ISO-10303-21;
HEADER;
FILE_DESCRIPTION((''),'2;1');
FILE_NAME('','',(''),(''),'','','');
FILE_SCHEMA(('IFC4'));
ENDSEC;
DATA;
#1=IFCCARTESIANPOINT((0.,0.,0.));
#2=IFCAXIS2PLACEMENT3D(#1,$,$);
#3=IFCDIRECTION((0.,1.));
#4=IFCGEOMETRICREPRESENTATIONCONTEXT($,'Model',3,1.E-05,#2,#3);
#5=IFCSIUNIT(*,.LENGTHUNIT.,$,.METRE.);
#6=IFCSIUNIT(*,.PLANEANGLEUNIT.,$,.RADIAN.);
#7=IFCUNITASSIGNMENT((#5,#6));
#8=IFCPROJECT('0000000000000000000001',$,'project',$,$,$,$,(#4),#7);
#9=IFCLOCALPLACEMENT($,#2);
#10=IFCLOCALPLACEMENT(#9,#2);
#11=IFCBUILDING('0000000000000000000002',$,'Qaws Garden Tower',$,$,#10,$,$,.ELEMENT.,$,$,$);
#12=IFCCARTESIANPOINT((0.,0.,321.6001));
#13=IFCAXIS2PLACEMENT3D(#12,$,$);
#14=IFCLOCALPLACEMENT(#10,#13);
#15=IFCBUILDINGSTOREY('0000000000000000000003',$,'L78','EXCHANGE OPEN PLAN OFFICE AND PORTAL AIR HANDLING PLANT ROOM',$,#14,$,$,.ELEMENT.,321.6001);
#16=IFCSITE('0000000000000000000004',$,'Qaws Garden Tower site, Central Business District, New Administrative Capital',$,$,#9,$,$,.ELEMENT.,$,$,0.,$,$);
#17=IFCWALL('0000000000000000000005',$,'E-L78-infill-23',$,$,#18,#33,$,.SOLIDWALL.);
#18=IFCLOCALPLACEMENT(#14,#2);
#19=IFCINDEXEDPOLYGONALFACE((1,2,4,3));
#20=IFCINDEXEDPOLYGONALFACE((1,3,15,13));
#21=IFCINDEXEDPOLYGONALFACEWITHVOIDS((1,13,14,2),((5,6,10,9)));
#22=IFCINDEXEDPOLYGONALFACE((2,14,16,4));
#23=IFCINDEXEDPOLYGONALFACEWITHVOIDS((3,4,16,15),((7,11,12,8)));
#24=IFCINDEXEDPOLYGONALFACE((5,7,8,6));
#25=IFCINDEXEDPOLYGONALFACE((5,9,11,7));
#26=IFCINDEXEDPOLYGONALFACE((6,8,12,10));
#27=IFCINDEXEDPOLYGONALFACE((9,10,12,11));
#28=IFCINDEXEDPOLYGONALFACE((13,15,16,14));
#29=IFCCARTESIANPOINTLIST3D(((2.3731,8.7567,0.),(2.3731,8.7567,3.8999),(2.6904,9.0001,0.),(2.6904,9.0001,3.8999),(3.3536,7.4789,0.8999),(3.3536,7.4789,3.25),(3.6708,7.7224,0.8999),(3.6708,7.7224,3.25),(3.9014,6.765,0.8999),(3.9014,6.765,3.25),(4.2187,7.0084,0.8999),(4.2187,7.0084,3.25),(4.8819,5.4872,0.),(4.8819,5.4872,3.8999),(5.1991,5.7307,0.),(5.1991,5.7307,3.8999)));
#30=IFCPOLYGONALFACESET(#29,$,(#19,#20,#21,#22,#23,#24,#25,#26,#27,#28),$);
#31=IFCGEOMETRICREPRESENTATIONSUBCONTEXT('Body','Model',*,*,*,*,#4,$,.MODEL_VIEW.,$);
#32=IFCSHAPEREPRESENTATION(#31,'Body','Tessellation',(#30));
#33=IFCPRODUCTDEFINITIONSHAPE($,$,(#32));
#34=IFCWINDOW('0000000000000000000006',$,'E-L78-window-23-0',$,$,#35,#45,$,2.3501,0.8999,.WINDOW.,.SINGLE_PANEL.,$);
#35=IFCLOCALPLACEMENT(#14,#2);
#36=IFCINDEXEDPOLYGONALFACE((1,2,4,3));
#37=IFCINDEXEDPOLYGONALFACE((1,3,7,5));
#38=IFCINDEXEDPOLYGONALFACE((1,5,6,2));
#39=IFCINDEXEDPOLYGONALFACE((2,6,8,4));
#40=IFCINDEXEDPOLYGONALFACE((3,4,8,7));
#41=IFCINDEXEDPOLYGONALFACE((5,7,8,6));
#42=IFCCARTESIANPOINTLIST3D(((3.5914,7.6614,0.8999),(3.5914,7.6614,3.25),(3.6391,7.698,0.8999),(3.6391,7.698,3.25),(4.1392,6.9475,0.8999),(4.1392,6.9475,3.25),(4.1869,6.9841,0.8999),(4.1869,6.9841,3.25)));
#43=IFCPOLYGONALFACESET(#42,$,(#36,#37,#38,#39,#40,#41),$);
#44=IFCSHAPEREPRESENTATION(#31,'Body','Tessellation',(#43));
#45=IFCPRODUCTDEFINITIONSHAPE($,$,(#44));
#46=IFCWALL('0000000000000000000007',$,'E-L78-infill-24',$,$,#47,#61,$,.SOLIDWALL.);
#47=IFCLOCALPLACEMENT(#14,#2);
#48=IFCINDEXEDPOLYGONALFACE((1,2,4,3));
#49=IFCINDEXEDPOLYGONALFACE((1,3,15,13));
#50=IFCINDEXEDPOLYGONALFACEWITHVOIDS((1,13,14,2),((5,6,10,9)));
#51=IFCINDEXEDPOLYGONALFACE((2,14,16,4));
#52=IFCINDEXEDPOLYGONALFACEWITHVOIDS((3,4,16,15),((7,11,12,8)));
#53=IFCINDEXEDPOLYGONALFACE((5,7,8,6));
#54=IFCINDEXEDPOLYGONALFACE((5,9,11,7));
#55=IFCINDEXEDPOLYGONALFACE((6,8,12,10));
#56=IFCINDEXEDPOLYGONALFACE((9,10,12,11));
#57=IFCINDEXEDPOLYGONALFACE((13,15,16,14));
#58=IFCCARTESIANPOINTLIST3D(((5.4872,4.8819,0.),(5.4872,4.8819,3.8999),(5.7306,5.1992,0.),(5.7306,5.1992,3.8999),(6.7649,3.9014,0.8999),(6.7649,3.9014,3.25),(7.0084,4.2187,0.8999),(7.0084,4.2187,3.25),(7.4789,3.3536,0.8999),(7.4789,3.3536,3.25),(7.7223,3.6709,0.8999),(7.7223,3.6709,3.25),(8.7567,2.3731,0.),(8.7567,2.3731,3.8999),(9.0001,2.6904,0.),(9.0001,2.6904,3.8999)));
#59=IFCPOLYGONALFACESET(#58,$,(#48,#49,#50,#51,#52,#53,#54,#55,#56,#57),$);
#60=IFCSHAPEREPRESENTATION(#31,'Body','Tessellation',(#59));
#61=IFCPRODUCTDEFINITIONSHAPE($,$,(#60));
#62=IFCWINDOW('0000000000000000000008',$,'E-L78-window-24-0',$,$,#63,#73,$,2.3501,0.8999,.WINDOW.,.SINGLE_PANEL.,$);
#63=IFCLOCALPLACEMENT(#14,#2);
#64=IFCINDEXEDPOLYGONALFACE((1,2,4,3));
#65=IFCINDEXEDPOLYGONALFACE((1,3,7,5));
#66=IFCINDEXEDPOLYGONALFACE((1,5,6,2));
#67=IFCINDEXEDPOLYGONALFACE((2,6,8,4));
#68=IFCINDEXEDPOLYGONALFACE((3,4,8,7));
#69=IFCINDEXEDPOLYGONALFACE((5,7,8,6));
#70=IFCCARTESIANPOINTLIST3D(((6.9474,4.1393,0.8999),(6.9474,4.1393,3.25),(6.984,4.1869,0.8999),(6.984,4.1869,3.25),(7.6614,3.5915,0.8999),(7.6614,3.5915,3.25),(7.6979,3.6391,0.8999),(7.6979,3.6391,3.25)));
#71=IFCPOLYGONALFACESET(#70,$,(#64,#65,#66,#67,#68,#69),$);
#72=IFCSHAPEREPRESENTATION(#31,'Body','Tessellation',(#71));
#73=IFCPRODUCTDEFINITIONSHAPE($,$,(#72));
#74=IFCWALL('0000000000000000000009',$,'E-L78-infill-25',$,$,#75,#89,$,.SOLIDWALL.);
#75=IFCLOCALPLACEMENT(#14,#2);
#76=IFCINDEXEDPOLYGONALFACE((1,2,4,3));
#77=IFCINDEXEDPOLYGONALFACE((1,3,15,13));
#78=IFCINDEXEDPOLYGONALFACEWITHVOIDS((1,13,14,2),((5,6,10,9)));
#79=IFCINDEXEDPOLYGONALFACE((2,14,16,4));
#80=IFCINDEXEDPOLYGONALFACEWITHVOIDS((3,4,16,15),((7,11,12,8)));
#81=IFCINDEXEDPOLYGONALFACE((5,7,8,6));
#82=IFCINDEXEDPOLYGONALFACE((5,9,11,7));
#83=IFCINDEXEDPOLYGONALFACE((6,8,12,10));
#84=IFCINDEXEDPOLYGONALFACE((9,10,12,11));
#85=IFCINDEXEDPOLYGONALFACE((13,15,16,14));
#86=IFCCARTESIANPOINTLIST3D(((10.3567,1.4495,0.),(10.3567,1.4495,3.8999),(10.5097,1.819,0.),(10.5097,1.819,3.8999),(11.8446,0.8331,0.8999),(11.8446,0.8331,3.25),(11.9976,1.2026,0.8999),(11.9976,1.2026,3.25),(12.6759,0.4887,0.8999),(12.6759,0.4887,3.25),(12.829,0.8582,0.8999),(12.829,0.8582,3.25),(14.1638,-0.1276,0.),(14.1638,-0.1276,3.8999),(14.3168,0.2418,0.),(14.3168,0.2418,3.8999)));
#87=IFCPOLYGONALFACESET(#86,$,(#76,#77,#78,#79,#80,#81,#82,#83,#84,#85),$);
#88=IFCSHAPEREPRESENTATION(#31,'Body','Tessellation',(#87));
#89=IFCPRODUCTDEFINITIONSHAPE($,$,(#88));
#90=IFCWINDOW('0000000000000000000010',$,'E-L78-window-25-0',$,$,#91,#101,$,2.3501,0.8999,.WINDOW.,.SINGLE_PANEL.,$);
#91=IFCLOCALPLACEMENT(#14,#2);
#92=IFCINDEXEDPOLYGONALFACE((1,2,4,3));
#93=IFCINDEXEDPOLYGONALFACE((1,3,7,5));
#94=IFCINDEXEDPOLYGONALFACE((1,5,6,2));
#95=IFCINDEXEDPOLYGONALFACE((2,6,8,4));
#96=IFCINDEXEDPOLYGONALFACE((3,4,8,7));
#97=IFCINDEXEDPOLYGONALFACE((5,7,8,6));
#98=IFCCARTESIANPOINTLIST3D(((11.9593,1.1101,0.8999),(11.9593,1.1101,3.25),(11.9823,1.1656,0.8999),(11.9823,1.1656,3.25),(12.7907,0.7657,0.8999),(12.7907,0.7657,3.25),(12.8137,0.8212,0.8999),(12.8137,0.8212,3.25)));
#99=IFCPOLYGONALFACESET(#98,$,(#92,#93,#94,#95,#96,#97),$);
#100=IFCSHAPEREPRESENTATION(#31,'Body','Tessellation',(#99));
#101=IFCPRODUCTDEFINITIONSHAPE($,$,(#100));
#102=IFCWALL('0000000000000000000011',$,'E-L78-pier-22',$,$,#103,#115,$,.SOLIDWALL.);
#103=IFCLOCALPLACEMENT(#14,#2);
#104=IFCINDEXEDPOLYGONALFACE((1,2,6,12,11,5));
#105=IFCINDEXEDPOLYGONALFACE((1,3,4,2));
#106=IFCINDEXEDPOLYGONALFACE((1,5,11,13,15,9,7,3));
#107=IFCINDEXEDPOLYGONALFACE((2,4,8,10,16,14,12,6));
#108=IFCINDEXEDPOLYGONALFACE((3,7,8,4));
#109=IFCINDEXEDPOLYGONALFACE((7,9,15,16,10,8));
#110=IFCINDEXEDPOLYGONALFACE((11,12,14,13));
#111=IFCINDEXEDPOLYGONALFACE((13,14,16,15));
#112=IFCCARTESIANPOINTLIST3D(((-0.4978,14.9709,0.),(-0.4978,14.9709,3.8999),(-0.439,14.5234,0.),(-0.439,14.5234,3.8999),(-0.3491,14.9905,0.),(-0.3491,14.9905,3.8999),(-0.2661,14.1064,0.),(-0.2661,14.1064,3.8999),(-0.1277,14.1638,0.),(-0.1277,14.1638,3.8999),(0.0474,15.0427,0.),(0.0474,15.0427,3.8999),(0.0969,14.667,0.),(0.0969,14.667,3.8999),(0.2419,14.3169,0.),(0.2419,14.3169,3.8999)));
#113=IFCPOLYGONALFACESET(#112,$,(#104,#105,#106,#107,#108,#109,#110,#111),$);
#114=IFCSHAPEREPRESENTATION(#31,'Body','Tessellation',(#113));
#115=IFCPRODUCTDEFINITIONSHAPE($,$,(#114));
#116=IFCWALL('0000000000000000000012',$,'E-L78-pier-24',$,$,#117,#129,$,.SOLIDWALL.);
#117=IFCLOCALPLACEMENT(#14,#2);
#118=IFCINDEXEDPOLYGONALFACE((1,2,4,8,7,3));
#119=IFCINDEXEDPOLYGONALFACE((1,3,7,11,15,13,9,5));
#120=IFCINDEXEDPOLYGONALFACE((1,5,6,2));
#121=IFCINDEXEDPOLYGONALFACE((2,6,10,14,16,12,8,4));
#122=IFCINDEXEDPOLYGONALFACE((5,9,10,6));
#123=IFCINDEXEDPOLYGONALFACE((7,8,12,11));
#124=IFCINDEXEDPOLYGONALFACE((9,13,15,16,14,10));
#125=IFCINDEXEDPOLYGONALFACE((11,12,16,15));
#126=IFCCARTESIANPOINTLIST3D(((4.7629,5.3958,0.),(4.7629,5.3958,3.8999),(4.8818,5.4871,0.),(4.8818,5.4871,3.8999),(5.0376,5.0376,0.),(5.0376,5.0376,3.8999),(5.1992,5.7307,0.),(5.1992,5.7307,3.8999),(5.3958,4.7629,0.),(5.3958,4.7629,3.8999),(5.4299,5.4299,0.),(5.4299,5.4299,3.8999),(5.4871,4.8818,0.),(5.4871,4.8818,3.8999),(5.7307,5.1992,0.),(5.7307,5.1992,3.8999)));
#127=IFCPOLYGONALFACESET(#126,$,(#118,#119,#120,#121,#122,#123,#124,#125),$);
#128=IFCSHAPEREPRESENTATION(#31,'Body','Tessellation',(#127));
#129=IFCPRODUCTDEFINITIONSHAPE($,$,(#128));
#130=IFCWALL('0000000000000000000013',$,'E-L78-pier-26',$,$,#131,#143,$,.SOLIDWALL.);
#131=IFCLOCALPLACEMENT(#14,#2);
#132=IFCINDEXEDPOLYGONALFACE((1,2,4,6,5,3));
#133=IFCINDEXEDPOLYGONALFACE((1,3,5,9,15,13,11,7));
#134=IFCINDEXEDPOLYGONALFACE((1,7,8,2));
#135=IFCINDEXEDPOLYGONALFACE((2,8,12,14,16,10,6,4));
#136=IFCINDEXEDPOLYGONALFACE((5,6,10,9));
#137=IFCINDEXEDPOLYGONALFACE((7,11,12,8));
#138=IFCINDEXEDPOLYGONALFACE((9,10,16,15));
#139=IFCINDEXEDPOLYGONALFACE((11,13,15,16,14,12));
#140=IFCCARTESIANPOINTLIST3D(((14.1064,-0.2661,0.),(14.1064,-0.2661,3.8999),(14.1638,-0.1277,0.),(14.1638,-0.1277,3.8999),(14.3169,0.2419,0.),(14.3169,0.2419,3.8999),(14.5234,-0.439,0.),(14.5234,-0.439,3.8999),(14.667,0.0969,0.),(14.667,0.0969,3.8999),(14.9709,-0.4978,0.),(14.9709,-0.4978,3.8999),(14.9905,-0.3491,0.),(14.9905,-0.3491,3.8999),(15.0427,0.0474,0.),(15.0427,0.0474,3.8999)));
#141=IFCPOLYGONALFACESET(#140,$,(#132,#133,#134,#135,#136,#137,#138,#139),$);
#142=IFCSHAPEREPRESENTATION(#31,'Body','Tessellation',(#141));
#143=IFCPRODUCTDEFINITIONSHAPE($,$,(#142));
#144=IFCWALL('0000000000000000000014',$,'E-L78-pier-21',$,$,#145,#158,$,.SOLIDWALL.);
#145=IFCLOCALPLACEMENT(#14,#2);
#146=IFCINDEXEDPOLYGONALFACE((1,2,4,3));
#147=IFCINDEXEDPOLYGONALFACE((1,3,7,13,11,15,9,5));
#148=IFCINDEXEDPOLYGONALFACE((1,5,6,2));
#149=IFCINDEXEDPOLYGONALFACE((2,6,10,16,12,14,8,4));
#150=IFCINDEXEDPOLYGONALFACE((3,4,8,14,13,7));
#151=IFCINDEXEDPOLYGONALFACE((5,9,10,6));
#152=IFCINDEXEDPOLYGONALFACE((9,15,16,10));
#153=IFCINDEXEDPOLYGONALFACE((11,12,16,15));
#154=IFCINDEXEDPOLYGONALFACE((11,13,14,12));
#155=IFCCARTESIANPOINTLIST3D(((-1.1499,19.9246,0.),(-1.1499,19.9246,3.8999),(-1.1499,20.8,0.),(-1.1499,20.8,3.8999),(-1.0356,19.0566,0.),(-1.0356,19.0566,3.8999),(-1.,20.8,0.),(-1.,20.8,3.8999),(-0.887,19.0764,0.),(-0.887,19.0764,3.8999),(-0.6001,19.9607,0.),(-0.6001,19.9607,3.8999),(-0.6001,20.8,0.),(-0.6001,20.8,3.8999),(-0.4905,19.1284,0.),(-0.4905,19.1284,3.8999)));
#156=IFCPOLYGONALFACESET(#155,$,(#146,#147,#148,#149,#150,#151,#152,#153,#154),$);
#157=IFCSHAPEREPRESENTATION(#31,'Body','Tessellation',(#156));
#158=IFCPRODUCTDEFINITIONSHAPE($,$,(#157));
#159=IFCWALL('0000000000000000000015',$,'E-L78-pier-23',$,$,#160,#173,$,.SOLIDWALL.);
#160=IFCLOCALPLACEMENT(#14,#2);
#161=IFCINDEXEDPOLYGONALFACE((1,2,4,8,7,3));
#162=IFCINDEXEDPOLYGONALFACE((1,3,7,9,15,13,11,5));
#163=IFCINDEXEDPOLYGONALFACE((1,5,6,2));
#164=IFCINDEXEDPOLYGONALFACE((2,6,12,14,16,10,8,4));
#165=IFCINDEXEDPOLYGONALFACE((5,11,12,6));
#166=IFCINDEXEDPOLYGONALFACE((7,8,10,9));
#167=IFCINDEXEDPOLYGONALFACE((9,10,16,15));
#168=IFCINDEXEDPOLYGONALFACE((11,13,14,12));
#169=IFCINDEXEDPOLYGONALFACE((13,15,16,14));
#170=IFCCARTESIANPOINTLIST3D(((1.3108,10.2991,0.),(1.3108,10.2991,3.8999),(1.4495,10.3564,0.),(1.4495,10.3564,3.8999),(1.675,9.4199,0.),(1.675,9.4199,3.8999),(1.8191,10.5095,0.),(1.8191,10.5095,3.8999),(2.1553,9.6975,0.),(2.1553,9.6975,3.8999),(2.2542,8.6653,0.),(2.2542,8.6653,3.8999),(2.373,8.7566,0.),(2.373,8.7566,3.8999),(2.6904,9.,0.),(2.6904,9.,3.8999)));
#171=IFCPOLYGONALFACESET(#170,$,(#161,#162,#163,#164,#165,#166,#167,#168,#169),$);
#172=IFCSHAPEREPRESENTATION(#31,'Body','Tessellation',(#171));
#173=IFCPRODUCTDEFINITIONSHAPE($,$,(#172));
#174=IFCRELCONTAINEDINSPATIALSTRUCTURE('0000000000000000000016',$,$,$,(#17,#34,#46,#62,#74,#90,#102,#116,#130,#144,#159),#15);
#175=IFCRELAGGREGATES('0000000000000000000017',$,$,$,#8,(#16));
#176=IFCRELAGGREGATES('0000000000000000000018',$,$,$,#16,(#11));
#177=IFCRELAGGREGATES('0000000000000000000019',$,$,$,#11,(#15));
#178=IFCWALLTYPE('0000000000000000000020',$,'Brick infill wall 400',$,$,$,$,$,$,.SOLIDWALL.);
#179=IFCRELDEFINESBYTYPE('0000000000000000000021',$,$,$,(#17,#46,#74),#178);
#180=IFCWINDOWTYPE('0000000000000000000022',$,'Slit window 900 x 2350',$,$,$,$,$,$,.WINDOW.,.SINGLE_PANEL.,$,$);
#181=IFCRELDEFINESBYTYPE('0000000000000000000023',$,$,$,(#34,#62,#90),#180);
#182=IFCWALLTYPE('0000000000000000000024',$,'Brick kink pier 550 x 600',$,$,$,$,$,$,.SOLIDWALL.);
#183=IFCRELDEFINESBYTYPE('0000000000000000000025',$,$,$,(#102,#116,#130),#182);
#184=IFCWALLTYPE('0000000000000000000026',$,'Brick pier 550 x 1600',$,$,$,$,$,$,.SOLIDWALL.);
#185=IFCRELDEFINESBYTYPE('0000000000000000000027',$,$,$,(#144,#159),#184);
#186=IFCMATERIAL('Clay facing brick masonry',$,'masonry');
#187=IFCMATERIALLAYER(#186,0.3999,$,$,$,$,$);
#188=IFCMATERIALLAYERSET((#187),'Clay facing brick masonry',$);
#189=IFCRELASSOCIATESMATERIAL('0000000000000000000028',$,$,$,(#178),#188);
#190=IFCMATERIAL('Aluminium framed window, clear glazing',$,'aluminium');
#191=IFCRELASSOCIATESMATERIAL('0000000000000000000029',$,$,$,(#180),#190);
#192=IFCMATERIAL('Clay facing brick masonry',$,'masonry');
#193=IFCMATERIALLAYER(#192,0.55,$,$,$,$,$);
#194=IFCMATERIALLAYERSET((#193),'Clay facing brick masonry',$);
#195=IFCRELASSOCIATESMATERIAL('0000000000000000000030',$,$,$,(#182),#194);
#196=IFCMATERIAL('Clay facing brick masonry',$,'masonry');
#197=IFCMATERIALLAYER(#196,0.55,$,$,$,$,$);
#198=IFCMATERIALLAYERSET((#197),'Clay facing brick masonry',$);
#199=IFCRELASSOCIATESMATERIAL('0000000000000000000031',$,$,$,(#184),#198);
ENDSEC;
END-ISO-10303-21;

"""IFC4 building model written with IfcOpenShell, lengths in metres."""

from ifc_helpers import new_model, si_unit, direction, frame, frame_2d, origin, place, context, subcontext, project, spatial, polyline, rectangle, outline, extrude, material, layer, layer_set, type_object, element, fill, save


model = new_model("IFC4")

# Units and contexts
model_context = context("Model", 3, precision=1e-05, world=origin(), true_north=direction((0.0, 1.0)))
body_context = subcontext(model_context, "Body", "Model", "MODEL_VIEW")
ifc_project = project(units=[si_unit("LENGTHUNIT", "METRE"), si_unit("PLANEANGLEUNIT", "RADIAN")], contexts=[model_context])

# Site, building, storey
site_placement = place(None, origin())
site = spatial("IfcSite", under=ifc_project, at=site_placement, Name="Qaws Garden Tower site, Central Business District, New Administrative Capital", CompositionType="ELEMENT", RefElevation=0.0)
building_placement = place(site_placement, origin())
building = spatial("IfcBuilding", under=site, at=building_placement, Name="Qaws Garden Tower", CompositionType="ELEMENT")
storey_placement = place(building_placement, frame((0.0, 0.0, 321.6001)))
storey = spatial("IfcBuildingStorey", under=building, at=storey_placement, Name="L78", Description="EXCHANGE OPEN PLAN OFFICE AND PORTAL AIR HANDLING PLANT ROOM", CompositionType="ELEMENT", Elevation=321.6001)

# Shared definitions
placement_1 = place(storey_placement, origin())

# Walls, openings, windows
ifc_material_1 = material(Name="Clay facing brick masonry", Category="masonry")
ifc_layer_1 = layer(ifc_material_1, 0.3999)
ifc_layer_set_1 = layer_set([ifc_layer_1], Name="Clay facing brick masonry")
wall_type_1 = type_object("IfcWallType", Name="Brick infill wall 400", PredefinedType="SOLIDWALL", material=ifc_layer_set_1)
wall_1_placement = place(storey_placement, frame((2.5317, 8.8784, 0.0), z_axis=(0.0, 0.0, 1.0), x_axis=(0.60876, -0.793355, 0.0)))
wall_1 = element("IfcWall", 1, at=wall_1_placement, inside=storey, type_object=wall_type_1, Name="E-L78-infill-23", PredefinedType="SOLIDWALL", context=body_context, shape_type="SweptSolid", body=[
    extrude(rectangle(XDim=4.1211, YDim=0.3999, at=frame_2d((2.0605, 0.0))), origin(), (0.0, 0.0, 1.0), 3.8999),
])
opening_1_placement = place(wall_1_placement, frame((1.6106, 0.0, 0.8999)))
opening_1 = element("IfcOpeningElement", 2, at=opening_1_placement, cuts=wall_1, PredefinedType="OPENING", context=body_context, shape_type="SweptSolid", body=[
    extrude(rectangle(XDim=0.8999, YDim=2.3501, at=frame_2d((0.45, 1.175))), frame((0.0, 0.21, 0.0), z_axis=(0.0, -1.0, 0.0), x_axis=(1.0, 0.0, 0.0)), (0.0, 0.0, 1.0), 0.4199),
])
ifc_material_2 = material(Name="Aluminium framed window, clear glazing", Category="aluminium")
window_type = type_object("IfcWindowType", Name="Slit window 900 x 2350", PartitioningType="SINGLE_PANEL", PredefinedType="WINDOW", material=ifc_material_2)
window_1_placement = place(opening_1_placement, origin())
window_1 = element("IfcWindow", 3, at=window_1_placement, inside=storey, type_object=window_type, Name="E-L78-window-23-0", OverallHeight=2.3501, OverallWidth=0.8999, PartitioningType="SINGLE_PANEL", PredefinedType="WINDOW", context=body_context, shape_type="SweptSolid", body=[
    extrude(rectangle(XDim=0.8999, YDim=2.3501, at=frame_2d((0.45, 1.175))), frame((0.0, 0.1599, 0.0), z_axis=(0.0, -1.0, 0.0), x_axis=(1.0, 0.0, 0.0)), (0.0, 0.0, 1.0), 0.0601),
])
fill(opening_1, window_1)
wall_2_placement = place(storey_placement, frame((5.6089, 5.0405, 0.0), z_axis=(0.0, 0.0, 1.0), x_axis=(0.793355, -0.60876, 0.0)))
wall_2 = element("IfcWall", 4, at=wall_2_placement, inside=storey, type_object=wall_type_1, Name="E-L78-infill-24", PredefinedType="SOLIDWALL", context=body_context, shape_type="SweptSolid", body=[
    extrude(rectangle(XDim=4.1211, YDim=0.3999, at=frame_2d((2.0605, 0.0))), origin(), (0.0, 0.0, 1.0), 3.8999),
])
opening_2_placement = place(wall_2_placement, frame((1.6106, 0.0, 0.8999)))
opening_2 = element("IfcOpeningElement", 5, at=opening_2_placement, cuts=wall_2, PredefinedType="OPENING", context=body_context, shape_type="SweptSolid", body=[
    extrude(rectangle(XDim=0.8999, YDim=2.3501, at=frame_2d((0.45, 1.175))), frame((0.0, 0.21, 0.0), z_axis=(0.0, -1.0, 0.0), x_axis=(1.0, 0.0, 0.0)), (0.0, 0.0, 1.0), 0.4199),
])
window_2_placement = place(opening_2_placement, origin())
window_2 = element("IfcWindow", 6, at=window_2_placement, inside=storey, type_object=window_type, Name="E-L78-window-24-0", OverallHeight=2.3501, OverallWidth=0.8999, PartitioningType="SINGLE_PANEL", PredefinedType="WINDOW", context=body_context, shape_type="SweptSolid", body=[
    extrude(rectangle(XDim=0.8999, YDim=2.3501, at=frame_2d((0.45, 1.175))), frame((0.0, 0.1599, 0.0), z_axis=(0.0, -1.0, 0.0), x_axis=(1.0, 0.0, 0.0)), (0.0, 0.0, 1.0), 0.0601),
])
fill(opening_2, window_2)
wall_3_placement = place(storey_placement, frame((10.4331, 1.6343, 0.0), z_axis=(0.0, 0.0, 1.0), x_axis=(0.923864, -0.382722, 0.0)))
wall_3 = element("IfcWall", 7, at=wall_3_placement, inside=storey, type_object=wall_type_1, Name="E-L78-infill-25", PredefinedType="SOLIDWALL", context=body_context, shape_type="SweptSolid", body=[
    extrude(rectangle(XDim=4.1208, YDim=0.3999, at=frame_2d((2.0605, 0.0))), origin(), (0.0, 0.0, 1.0), 3.8999),
])
opening_3_placement = place(wall_3_placement, frame((1.6106, 0.0, 0.8999)))
opening_3 = element("IfcOpeningElement", 8, at=opening_3_placement, cuts=wall_3, PredefinedType="OPENING", context=body_context, shape_type="SweptSolid", body=[
    extrude(rectangle(XDim=0.8999, YDim=2.3501, at=frame_2d((0.45, 1.175))), frame((0.0, 0.21, 0.0), z_axis=(0.0, -1.0, 0.0), x_axis=(1.0, 0.0, 0.0)), (0.0, 0.0, 1.0), 0.4199),
])
window_3_placement = place(opening_3_placement, origin())
window_3 = element("IfcWindow", 9, at=window_3_placement, inside=storey, type_object=window_type, Name="E-L78-window-25-0", OverallHeight=2.3501, OverallWidth=0.8999, PartitioningType="SINGLE_PANEL", PredefinedType="WINDOW", context=body_context, shape_type="SweptSolid", body=[
    extrude(rectangle(XDim=0.8999, YDim=2.3501, at=frame_2d((0.45, 1.175))), frame((0.0, 0.1599, 0.0), z_axis=(0.0, -1.0, 0.0), x_axis=(1.0, 0.0, 0.0)), (0.0, 0.0, 1.0), 0.0601),
])
fill(opening_3, window_3)

# Walls
ifc_material_3 = material(Name="Clay facing brick masonry", Category="masonry")
ifc_layer_2 = layer(ifc_material_3, 0.55)
ifc_layer_set_2 = layer_set([ifc_layer_2], Name="Clay facing brick masonry")
wall_type_2 = type_object("IfcWallType", Name="Brick kink pier 550 x 600", PredefinedType="SOLIDWALL", material=ifc_layer_set_2)
element("IfcWall", 10, at=placement_1, inside=storey, type_object=wall_type_2, Name="E-L78-pier-22", PredefinedType="SOLIDWALL", context=body_context, shape_type="SweptSolid", body=[
    extrude(outline(polyline([(-0.3491, 14.9905), (-0.4978, 14.9709), (-0.439, 14.5234), (-0.2661, 14.1064), (-0.1277, 14.1638), (0.2419, 14.3169), (0.0969, 14.667), (0.0474, 15.0427), (-0.3491, 14.9905)])), origin(), (0.0, 0.0, 1.0), 3.8999),
])
element("IfcWall", 11, at=placement_1, inside=storey, type_object=wall_type_2, Name="E-L78-pier-24", PredefinedType="SOLIDWALL", context=body_context, shape_type="SweptSolid", body=[
    extrude(outline(polyline([(4.8818, 5.4871), (4.7629, 5.3958), (5.0376, 5.0376), (5.3958, 4.7629), (5.4871, 4.8818), (5.7307, 5.1992), (5.4299, 5.4299), (5.1992, 5.7307), (4.8818, 5.4871)])), origin(), (0.0, 0.0, 1.0), 3.8999),
])
element("IfcWall", 12, at=placement_1, inside=storey, type_object=wall_type_2, Name="E-L78-pier-26", PredefinedType="SOLIDWALL", context=body_context, shape_type="SweptSolid", body=[
    extrude(outline(polyline([(14.1638, -0.1277), (14.1064, -0.2661), (14.5234, -0.439), (14.9709, -0.4978), (14.9905, -0.3491), (15.0427, 0.0474), (14.667, 0.0969), (14.3169, 0.2419), (14.1638, -0.1277)])), origin(), (0.0, 0.0, 1.0), 3.8999),
])
ifc_material_4 = material(Name="Clay facing brick masonry", Category="masonry")
ifc_layer_3 = layer(ifc_material_4, 0.55)
ifc_layer_set_3 = layer_set([ifc_layer_3], Name="Clay facing brick masonry")
wall_type_3 = type_object("IfcWallType", Name="Brick pier 550 x 1600", PredefinedType="SOLIDWALL", material=ifc_layer_set_3)
element("IfcWall", 13, at=placement_1, inside=storey, type_object=wall_type_3, Name="E-L78-pier-21", PredefinedType="SOLIDWALL", context=body_context, shape_type="SweptSolid", body=[
    extrude(outline(polyline([(-1.0, 20.8), (-1.1499, 20.8), (-1.1499, 19.9246), (-1.0356, 19.0566), (-0.887, 19.0764), (-0.4905, 19.1284), (-0.6001, 19.9607), (-0.6001, 20.8), (-1.0, 20.8)])), origin(), (0.0, 0.0, 1.0), 3.8999),
])
element("IfcWall", 14, at=placement_1, inside=storey, type_object=wall_type_3, Name="E-L78-pier-23", PredefinedType="SOLIDWALL", context=body_context, shape_type="SweptSolid", body=[
    extrude(outline(polyline([(1.4495, 10.3564), (1.3108, 10.2991), (1.675, 9.4199), (2.2542, 8.6653), (2.373, 8.7566), (2.6904, 9.0), (2.1553, 9.6975), (1.8191, 10.5095), (1.4495, 10.3564)])), origin(), (0.0, 0.0, 1.0), 3.8999),
])

save(model, "model.ifc")
